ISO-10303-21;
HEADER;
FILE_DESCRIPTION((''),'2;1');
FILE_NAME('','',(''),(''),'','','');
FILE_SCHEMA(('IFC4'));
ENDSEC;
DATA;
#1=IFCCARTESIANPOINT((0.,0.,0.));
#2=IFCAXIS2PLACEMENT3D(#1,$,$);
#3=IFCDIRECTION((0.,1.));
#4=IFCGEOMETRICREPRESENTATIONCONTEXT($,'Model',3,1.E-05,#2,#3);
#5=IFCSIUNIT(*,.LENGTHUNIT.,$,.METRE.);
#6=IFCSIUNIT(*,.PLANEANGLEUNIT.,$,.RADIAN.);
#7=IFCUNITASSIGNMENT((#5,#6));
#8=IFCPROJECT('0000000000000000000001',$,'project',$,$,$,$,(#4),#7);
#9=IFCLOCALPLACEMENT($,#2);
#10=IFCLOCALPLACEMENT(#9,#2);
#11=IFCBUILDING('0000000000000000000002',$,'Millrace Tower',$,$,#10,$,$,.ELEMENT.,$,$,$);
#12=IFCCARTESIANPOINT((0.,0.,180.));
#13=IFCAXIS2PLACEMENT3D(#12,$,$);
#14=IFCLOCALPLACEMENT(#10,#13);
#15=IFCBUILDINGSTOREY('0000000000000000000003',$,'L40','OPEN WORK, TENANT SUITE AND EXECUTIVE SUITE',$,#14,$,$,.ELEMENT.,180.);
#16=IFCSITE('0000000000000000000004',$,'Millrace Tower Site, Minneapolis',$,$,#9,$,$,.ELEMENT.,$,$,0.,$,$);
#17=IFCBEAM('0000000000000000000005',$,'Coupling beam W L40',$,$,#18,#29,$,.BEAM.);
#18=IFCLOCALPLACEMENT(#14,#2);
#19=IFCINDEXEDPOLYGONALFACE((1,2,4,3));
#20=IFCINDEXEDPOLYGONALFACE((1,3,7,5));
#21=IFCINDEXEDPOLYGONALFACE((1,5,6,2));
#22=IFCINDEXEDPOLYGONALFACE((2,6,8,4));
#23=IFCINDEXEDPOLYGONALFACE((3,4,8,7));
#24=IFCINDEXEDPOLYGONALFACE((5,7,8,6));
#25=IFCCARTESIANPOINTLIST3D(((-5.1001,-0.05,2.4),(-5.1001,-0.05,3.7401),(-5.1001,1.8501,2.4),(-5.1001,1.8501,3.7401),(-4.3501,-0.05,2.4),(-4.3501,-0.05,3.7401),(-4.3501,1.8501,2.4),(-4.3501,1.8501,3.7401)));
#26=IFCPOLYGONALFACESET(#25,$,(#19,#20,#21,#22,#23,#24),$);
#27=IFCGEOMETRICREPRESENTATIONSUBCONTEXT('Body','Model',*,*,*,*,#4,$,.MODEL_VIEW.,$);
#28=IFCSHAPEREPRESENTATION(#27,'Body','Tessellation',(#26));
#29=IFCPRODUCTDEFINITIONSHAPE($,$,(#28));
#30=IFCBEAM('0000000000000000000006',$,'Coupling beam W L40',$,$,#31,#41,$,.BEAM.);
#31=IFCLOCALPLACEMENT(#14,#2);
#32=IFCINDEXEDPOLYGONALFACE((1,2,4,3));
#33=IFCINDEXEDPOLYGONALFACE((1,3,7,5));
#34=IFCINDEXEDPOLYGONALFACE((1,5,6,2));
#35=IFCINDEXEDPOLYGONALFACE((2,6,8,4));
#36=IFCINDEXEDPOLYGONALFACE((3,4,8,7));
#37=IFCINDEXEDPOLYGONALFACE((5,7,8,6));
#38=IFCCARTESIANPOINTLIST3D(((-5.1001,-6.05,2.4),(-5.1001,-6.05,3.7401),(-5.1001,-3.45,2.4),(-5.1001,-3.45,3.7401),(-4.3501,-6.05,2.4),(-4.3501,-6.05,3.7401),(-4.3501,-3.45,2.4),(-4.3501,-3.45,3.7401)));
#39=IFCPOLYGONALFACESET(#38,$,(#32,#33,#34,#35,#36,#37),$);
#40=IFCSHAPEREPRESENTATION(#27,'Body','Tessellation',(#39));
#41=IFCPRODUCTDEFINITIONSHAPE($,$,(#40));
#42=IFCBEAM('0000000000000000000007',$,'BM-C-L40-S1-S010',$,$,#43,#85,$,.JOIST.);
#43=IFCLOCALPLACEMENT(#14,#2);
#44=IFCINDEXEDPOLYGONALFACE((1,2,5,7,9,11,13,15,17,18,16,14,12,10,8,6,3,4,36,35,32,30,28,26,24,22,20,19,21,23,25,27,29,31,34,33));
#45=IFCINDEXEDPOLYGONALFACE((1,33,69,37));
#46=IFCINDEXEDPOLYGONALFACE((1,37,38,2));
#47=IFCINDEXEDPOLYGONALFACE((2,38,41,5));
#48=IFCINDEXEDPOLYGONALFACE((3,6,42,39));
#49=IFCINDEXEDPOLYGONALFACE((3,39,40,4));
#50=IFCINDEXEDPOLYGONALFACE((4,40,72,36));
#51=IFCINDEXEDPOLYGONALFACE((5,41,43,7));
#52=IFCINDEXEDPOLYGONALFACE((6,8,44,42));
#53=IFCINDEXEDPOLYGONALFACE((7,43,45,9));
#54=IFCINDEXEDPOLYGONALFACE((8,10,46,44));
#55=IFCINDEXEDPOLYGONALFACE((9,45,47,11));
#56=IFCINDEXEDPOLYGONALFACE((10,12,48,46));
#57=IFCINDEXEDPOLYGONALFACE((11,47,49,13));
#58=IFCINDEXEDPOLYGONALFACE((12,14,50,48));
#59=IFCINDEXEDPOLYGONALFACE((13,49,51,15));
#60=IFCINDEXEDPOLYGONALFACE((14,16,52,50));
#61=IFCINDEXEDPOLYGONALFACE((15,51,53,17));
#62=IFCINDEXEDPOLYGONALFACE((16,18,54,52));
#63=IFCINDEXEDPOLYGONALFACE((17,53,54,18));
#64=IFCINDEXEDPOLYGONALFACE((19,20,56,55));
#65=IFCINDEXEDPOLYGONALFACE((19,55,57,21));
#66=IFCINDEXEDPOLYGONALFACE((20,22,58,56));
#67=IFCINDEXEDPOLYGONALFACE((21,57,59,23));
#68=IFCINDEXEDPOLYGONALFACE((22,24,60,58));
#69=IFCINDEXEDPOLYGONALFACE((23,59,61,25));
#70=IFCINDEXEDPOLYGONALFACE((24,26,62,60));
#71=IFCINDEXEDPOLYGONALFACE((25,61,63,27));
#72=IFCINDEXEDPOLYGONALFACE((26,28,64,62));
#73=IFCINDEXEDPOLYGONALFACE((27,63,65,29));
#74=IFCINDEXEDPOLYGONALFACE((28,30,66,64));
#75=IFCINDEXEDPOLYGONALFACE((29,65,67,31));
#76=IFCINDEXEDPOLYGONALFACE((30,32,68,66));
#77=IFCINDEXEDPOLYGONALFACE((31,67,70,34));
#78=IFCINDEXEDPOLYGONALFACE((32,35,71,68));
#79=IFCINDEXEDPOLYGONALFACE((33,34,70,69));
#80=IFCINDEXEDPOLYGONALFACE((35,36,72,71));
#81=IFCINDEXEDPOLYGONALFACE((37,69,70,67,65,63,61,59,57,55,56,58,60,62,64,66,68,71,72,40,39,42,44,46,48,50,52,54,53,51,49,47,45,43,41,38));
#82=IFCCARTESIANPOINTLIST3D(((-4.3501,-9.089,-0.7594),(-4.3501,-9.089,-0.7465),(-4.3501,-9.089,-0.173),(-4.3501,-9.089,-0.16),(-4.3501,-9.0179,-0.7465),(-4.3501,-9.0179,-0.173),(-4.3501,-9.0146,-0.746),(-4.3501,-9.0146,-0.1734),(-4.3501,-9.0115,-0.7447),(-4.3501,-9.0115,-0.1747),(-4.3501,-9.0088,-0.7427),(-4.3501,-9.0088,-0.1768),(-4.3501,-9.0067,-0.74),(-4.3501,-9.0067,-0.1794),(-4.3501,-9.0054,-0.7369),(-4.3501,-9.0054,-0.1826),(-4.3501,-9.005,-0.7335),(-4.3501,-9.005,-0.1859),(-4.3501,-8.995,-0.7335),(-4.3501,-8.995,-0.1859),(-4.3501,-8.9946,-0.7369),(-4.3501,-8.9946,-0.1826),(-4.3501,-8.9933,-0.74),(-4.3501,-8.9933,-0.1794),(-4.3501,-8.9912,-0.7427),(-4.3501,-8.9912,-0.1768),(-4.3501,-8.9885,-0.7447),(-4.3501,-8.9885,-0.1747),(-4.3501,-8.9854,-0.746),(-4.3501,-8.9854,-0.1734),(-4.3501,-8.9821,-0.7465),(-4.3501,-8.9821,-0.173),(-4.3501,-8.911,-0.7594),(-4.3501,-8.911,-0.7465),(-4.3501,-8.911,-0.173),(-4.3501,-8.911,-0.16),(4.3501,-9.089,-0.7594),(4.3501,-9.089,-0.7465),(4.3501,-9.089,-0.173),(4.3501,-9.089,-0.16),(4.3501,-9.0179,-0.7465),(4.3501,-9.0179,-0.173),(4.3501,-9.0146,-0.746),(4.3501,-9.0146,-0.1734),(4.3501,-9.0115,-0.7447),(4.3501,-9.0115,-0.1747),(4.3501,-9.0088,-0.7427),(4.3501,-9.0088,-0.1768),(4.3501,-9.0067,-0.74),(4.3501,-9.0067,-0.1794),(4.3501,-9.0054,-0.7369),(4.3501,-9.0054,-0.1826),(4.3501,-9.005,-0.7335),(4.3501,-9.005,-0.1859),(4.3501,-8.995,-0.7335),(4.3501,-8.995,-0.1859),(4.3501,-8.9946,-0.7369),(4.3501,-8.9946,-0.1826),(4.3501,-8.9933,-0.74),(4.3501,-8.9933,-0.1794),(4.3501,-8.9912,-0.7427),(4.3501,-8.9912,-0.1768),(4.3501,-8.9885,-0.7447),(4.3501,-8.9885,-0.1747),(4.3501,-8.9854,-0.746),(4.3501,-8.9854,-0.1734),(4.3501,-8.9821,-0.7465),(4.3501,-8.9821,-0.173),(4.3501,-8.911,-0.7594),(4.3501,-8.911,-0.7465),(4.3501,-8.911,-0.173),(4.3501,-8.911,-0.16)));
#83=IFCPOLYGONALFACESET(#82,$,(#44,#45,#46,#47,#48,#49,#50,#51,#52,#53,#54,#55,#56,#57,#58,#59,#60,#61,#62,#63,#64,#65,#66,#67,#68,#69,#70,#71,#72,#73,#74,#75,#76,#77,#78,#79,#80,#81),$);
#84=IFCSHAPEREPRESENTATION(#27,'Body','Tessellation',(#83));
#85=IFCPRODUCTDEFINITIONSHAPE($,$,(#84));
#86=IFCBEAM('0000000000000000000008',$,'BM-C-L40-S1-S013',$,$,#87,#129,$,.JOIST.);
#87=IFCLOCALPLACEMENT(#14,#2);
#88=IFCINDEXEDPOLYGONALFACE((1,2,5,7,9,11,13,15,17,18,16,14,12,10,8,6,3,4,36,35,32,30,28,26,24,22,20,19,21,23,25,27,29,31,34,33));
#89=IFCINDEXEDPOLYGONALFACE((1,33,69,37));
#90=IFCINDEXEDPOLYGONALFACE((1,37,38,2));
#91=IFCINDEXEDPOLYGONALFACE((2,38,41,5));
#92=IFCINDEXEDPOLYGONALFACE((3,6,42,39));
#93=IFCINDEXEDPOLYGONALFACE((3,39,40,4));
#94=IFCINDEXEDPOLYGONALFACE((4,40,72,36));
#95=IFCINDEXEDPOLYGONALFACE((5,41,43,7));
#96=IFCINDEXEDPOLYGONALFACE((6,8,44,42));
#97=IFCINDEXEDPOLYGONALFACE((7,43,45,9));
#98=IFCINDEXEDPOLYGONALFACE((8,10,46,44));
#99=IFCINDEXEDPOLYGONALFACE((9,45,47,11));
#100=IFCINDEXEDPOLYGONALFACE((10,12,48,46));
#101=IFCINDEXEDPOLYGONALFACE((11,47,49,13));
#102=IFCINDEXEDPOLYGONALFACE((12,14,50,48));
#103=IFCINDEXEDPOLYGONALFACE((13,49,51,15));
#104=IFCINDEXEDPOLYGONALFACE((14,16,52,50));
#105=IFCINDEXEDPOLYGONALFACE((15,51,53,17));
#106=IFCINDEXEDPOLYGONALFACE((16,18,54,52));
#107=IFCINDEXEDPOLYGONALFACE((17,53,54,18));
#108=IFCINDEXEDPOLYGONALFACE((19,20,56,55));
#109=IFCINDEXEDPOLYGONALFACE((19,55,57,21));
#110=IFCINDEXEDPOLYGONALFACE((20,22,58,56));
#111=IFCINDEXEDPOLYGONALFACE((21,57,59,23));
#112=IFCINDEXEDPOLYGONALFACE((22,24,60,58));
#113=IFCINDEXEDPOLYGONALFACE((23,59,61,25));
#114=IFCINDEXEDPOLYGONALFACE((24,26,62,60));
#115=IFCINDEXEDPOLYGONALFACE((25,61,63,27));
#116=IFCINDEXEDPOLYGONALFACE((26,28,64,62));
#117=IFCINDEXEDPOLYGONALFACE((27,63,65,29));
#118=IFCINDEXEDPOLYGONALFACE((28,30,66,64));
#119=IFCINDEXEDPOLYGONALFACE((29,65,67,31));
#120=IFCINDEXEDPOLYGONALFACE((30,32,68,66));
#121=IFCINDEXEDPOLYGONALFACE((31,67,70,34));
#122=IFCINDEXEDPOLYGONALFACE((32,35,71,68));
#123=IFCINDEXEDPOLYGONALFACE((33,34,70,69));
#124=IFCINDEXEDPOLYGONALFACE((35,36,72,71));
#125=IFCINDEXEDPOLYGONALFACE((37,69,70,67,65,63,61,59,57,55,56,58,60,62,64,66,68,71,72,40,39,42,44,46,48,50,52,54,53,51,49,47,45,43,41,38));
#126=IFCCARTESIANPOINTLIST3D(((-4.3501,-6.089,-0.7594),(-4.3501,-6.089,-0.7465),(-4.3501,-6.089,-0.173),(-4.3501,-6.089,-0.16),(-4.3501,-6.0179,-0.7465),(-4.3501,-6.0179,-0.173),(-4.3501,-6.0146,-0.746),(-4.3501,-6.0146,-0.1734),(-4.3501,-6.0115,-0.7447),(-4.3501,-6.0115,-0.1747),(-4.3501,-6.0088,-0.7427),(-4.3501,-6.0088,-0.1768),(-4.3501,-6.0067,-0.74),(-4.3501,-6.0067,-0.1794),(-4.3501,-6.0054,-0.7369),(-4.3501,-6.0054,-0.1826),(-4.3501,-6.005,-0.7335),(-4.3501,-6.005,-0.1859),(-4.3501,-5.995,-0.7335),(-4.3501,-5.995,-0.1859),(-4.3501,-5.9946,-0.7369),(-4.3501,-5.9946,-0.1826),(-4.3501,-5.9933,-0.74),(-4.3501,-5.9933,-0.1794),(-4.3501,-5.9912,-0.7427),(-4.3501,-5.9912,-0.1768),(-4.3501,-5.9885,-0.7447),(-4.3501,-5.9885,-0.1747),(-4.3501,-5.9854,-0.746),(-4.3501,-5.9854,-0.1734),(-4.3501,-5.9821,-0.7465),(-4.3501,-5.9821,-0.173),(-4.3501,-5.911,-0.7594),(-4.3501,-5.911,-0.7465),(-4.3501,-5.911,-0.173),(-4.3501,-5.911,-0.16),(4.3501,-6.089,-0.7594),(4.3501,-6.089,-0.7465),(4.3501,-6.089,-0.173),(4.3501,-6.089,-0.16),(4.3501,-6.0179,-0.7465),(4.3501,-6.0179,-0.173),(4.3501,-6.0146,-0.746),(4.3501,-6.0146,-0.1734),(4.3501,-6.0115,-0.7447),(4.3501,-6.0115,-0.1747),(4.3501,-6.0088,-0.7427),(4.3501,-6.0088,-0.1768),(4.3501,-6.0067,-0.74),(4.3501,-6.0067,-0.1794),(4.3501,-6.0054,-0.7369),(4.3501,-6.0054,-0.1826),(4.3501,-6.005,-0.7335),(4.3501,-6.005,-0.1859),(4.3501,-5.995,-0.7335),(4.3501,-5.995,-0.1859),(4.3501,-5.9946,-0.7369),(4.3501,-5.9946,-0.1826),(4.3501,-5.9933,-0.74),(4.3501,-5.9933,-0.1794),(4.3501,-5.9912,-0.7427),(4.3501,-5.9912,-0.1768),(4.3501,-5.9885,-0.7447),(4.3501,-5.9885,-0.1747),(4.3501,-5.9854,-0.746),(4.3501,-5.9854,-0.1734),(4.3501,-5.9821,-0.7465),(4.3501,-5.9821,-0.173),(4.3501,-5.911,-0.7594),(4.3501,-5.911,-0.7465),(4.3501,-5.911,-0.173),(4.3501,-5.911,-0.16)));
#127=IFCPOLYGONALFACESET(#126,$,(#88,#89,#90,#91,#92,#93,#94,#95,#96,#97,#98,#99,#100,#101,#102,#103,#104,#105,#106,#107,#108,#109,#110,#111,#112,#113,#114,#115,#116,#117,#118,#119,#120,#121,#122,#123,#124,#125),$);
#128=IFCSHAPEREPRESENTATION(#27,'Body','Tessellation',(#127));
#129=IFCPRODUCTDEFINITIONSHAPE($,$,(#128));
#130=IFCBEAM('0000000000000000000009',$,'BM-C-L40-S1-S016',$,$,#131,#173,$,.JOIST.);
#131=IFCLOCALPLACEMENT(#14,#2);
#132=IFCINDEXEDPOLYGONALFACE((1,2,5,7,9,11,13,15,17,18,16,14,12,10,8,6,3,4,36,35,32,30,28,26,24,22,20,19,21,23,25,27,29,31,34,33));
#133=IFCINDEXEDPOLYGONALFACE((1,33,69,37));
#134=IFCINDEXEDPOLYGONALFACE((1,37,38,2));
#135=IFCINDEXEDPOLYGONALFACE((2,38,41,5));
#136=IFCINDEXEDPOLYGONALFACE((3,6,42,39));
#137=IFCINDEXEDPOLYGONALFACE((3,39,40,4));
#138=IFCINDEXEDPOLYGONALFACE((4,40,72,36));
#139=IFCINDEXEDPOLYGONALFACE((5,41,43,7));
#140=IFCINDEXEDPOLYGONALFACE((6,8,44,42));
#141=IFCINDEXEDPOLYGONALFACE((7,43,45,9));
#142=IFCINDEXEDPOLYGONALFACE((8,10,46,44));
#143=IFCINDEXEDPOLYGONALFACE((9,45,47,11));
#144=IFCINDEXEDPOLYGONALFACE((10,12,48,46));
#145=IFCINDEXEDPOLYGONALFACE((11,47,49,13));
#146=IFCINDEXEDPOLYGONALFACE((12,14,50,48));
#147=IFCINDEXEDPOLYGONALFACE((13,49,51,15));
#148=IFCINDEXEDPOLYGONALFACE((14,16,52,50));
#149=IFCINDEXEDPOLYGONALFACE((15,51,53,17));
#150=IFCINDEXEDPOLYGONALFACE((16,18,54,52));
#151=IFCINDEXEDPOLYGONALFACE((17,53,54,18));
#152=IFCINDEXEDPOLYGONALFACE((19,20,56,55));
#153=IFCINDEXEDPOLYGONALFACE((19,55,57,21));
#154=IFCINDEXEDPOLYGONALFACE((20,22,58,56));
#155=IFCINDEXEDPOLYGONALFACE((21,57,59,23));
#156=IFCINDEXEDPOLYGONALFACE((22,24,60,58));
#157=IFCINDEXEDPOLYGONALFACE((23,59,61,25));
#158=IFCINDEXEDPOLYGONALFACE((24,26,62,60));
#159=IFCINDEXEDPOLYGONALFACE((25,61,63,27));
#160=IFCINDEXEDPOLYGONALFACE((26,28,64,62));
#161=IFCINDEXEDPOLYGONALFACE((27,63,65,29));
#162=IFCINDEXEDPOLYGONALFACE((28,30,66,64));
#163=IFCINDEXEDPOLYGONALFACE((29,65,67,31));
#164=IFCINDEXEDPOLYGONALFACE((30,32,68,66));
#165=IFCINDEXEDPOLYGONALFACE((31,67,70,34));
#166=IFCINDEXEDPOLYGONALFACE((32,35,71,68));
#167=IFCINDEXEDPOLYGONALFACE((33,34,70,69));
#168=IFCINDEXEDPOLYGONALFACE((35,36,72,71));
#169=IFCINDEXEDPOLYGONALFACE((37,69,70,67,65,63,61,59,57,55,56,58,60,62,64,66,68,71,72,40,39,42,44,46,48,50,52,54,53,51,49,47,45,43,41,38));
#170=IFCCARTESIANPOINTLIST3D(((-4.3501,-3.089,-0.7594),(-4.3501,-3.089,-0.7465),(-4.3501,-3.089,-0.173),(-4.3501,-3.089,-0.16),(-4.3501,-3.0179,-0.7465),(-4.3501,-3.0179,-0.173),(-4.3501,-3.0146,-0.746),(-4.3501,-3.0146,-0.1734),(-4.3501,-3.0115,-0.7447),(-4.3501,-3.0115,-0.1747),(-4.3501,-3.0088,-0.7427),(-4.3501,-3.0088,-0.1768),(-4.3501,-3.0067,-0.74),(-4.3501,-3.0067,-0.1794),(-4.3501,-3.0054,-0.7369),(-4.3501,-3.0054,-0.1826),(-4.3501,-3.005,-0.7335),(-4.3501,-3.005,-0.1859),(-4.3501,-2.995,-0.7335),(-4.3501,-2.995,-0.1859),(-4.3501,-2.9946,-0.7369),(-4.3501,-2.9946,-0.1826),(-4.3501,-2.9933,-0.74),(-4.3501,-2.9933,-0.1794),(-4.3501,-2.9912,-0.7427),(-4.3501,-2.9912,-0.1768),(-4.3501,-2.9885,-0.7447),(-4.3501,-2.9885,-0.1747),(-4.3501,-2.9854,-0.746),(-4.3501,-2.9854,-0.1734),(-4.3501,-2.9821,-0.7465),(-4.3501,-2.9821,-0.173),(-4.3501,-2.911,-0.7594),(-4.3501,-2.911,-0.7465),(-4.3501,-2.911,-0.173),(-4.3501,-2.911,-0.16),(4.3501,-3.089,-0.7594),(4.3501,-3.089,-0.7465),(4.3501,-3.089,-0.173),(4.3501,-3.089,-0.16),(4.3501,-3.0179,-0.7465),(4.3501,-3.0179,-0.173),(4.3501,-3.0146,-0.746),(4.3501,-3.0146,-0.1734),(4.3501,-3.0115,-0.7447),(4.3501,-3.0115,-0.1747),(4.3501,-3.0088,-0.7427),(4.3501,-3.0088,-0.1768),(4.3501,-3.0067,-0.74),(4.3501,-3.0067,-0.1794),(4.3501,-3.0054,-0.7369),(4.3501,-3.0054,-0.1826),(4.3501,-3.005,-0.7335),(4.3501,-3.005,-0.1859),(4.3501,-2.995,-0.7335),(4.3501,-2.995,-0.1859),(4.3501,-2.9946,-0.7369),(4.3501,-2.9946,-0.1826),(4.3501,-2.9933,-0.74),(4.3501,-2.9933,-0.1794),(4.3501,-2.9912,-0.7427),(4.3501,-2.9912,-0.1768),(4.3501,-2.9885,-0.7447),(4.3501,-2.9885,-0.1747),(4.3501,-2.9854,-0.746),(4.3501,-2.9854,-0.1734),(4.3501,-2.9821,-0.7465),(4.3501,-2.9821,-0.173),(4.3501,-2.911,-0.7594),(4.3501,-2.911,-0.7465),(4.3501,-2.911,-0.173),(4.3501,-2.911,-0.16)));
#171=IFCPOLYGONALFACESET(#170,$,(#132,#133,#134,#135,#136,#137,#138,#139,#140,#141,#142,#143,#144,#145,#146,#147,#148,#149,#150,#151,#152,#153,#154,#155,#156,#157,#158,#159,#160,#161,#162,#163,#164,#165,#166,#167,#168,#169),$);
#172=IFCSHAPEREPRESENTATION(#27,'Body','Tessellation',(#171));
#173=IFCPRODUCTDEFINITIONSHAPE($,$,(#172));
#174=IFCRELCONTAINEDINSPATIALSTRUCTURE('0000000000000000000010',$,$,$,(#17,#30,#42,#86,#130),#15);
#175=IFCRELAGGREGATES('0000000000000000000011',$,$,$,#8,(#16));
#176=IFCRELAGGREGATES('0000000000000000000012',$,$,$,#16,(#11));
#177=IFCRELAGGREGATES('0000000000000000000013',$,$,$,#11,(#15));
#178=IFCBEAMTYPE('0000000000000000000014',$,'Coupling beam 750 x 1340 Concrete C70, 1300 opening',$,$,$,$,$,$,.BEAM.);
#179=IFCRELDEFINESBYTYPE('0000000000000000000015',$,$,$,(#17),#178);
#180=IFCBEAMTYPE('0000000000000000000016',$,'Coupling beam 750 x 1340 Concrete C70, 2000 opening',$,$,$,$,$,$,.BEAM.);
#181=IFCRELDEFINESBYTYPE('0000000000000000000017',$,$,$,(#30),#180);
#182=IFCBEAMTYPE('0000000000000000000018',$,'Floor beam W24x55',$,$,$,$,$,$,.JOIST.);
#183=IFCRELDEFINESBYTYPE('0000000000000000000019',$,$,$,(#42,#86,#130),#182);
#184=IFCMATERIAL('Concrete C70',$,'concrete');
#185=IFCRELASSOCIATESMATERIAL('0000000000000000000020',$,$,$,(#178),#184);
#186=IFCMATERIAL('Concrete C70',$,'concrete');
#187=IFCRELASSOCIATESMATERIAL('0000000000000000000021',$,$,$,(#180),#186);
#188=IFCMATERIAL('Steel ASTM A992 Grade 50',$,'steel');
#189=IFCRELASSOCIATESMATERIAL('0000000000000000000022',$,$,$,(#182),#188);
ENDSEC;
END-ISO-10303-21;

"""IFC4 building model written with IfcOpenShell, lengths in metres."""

from ifc_helpers import new_model, si_unit, direction, frame, origin, origin_2d, place, context, subcontext, project, spatial, rectangle, i_section, extrude, material, material_profile, profile_set, type_object, element, save


model = new_model("IFC4")

# Units and contexts
model_context = context("Model", 3, precision=1e-05, world=origin(), true_north=direction((0.0, 1.0)))
body_context = subcontext(model_context, "Body", "Model", "MODEL_VIEW")
ifc_project = project(units=[si_unit("LENGTHUNIT", "METRE"), si_unit("PLANEANGLEUNIT", "RADIAN")], contexts=[model_context])

# Site, building, storey
site_placement = place(None, origin())
site = spatial("IfcSite", under=ifc_project, at=site_placement, Name="Millrace Tower Site, Minneapolis", CompositionType="ELEMENT", RefElevation=0.0)
building_placement = place(site_placement, origin())
building = spatial("IfcBuilding", under=site, at=building_placement, Name="Millrace Tower", CompositionType="ELEMENT")
storey_placement = place(building_placement, frame((0.0, 0.0, 180.0)))
storey = spatial("IfcBuildingStorey", under=building, at=storey_placement, Name="L40", Description="OPEN WORK, TENANT SUITE AND EXECUTIVE SUITE", CompositionType="ELEMENT", Elevation=180.0)

# Beams
ifc_material_1 = material(Name="Concrete C70", Category="concrete")
ifc_material_profile_1 = material_profile(ifc_material_1, rectangle(XDim=0.75, YDim=1.3401, at=origin_2d()))
ifc_profile_set_1 = profile_set([ifc_material_profile_1], Name="Concrete C70")
beam_type_1 = type_object("IfcBeamType", Name="Coupling beam 750 x 1340 Concrete C70, 1300 opening", PredefinedType="BEAM", material=ifc_profile_set_1)
beam_1_placement = place(storey_placement, frame((-4.7251, -0.05, 3.0701), z_axis=(0.0, 1.0, 0.0), x_axis=(-1.0, 0.0, 0.0)))
element("IfcBeam", 1, at=beam_1_placement, inside=storey, type_object=beam_type_1, Name="Coupling beam W L40", PredefinedType="BEAM", context=body_context, shape_type="SweptSolid", body=[
    extrude(rectangle(XDim=0.75, YDim=1.3401, at=origin_2d()), origin(), (0.0, 0.0, 1.0), 1.9001),
])
ifc_material_2 = material(Name="Concrete C70", Category="concrete")
ifc_material_profile_2 = material_profile(ifc_material_2, rectangle(XDim=0.75, YDim=1.3401, at=origin_2d()))
ifc_profile_set_2 = profile_set([ifc_material_profile_2], Name="Concrete C70")
beam_type_2 = type_object("IfcBeamType", Name="Coupling beam 750 x 1340 Concrete C70, 2000 opening", PredefinedType="BEAM", material=ifc_profile_set_2)
beam_2_placement = place(storey_placement, frame((-4.7251, -6.05, 3.0701), z_axis=(0.0, 1.0, 0.0), x_axis=(-1.0, 0.0, 0.0)))
element("IfcBeam", 2, at=beam_2_placement, inside=storey, type_object=beam_type_2, Name="Coupling beam W L40", PredefinedType="BEAM", context=body_context, shape_type="SweptSolid", body=[
    extrude(rectangle(XDim=0.75, YDim=1.3401, at=origin_2d()), origin(), (0.0, 0.0, 1.0), 2.6001),
])
ifc_material_3 = material(Name="Steel ASTM A992 Grade 50", Category="steel")
ifc_material_profile_3 = material_profile(ifc_material_3, i_section(OverallWidth=0.178, OverallDepth=0.5994, WebThickness=0.01, FlangeThickness=0.0129, FilletRadius=0.0129, at=origin_2d()))
ifc_profile_set_3 = profile_set([ifc_material_profile_3], Name="Steel ASTM A992 Grade 50")
beam_type_3 = type_object("IfcBeamType", Name="Floor beam W24x55", PredefinedType="JOIST", material=ifc_profile_set_3)
for number, where, z_axis, x_axis, name in (
    (3, (-4.3501, -9.0, -0.4597), (1.0, 0.0, 0.0), (0.0, 1.0, 0.0), "BM-C-L40-S1-S010"),
    (4, (-4.3501, -6.0, -0.4597), (1.0, 0.0, 0.0), (0.0, 1.0, 0.0), "BM-C-L40-S1-S013"),
    (5, (-4.3501, -3.0, -0.4597), (1.0, 0.0, 0.0), (0.0, 1.0, 0.0), "BM-C-L40-S1-S016"),
):
    element("IfcBeam", number, at=place(storey_placement, frame(where, z_axis=z_axis, x_axis=x_axis)), inside=storey, type_object=beam_type_3, Name=name, PredefinedType="JOIST", context=body_context, shape_type="SweptSolid", body=[
        extrude(i_section(OverallWidth=0.178, OverallDepth=0.5994, WebThickness=0.01, FlangeThickness=0.0129, FilletRadius=0.0129, at=origin_2d()), origin(), (0.0, 0.0, 1.0), 8.7002),
    ])

save(model, "model.ifc")
